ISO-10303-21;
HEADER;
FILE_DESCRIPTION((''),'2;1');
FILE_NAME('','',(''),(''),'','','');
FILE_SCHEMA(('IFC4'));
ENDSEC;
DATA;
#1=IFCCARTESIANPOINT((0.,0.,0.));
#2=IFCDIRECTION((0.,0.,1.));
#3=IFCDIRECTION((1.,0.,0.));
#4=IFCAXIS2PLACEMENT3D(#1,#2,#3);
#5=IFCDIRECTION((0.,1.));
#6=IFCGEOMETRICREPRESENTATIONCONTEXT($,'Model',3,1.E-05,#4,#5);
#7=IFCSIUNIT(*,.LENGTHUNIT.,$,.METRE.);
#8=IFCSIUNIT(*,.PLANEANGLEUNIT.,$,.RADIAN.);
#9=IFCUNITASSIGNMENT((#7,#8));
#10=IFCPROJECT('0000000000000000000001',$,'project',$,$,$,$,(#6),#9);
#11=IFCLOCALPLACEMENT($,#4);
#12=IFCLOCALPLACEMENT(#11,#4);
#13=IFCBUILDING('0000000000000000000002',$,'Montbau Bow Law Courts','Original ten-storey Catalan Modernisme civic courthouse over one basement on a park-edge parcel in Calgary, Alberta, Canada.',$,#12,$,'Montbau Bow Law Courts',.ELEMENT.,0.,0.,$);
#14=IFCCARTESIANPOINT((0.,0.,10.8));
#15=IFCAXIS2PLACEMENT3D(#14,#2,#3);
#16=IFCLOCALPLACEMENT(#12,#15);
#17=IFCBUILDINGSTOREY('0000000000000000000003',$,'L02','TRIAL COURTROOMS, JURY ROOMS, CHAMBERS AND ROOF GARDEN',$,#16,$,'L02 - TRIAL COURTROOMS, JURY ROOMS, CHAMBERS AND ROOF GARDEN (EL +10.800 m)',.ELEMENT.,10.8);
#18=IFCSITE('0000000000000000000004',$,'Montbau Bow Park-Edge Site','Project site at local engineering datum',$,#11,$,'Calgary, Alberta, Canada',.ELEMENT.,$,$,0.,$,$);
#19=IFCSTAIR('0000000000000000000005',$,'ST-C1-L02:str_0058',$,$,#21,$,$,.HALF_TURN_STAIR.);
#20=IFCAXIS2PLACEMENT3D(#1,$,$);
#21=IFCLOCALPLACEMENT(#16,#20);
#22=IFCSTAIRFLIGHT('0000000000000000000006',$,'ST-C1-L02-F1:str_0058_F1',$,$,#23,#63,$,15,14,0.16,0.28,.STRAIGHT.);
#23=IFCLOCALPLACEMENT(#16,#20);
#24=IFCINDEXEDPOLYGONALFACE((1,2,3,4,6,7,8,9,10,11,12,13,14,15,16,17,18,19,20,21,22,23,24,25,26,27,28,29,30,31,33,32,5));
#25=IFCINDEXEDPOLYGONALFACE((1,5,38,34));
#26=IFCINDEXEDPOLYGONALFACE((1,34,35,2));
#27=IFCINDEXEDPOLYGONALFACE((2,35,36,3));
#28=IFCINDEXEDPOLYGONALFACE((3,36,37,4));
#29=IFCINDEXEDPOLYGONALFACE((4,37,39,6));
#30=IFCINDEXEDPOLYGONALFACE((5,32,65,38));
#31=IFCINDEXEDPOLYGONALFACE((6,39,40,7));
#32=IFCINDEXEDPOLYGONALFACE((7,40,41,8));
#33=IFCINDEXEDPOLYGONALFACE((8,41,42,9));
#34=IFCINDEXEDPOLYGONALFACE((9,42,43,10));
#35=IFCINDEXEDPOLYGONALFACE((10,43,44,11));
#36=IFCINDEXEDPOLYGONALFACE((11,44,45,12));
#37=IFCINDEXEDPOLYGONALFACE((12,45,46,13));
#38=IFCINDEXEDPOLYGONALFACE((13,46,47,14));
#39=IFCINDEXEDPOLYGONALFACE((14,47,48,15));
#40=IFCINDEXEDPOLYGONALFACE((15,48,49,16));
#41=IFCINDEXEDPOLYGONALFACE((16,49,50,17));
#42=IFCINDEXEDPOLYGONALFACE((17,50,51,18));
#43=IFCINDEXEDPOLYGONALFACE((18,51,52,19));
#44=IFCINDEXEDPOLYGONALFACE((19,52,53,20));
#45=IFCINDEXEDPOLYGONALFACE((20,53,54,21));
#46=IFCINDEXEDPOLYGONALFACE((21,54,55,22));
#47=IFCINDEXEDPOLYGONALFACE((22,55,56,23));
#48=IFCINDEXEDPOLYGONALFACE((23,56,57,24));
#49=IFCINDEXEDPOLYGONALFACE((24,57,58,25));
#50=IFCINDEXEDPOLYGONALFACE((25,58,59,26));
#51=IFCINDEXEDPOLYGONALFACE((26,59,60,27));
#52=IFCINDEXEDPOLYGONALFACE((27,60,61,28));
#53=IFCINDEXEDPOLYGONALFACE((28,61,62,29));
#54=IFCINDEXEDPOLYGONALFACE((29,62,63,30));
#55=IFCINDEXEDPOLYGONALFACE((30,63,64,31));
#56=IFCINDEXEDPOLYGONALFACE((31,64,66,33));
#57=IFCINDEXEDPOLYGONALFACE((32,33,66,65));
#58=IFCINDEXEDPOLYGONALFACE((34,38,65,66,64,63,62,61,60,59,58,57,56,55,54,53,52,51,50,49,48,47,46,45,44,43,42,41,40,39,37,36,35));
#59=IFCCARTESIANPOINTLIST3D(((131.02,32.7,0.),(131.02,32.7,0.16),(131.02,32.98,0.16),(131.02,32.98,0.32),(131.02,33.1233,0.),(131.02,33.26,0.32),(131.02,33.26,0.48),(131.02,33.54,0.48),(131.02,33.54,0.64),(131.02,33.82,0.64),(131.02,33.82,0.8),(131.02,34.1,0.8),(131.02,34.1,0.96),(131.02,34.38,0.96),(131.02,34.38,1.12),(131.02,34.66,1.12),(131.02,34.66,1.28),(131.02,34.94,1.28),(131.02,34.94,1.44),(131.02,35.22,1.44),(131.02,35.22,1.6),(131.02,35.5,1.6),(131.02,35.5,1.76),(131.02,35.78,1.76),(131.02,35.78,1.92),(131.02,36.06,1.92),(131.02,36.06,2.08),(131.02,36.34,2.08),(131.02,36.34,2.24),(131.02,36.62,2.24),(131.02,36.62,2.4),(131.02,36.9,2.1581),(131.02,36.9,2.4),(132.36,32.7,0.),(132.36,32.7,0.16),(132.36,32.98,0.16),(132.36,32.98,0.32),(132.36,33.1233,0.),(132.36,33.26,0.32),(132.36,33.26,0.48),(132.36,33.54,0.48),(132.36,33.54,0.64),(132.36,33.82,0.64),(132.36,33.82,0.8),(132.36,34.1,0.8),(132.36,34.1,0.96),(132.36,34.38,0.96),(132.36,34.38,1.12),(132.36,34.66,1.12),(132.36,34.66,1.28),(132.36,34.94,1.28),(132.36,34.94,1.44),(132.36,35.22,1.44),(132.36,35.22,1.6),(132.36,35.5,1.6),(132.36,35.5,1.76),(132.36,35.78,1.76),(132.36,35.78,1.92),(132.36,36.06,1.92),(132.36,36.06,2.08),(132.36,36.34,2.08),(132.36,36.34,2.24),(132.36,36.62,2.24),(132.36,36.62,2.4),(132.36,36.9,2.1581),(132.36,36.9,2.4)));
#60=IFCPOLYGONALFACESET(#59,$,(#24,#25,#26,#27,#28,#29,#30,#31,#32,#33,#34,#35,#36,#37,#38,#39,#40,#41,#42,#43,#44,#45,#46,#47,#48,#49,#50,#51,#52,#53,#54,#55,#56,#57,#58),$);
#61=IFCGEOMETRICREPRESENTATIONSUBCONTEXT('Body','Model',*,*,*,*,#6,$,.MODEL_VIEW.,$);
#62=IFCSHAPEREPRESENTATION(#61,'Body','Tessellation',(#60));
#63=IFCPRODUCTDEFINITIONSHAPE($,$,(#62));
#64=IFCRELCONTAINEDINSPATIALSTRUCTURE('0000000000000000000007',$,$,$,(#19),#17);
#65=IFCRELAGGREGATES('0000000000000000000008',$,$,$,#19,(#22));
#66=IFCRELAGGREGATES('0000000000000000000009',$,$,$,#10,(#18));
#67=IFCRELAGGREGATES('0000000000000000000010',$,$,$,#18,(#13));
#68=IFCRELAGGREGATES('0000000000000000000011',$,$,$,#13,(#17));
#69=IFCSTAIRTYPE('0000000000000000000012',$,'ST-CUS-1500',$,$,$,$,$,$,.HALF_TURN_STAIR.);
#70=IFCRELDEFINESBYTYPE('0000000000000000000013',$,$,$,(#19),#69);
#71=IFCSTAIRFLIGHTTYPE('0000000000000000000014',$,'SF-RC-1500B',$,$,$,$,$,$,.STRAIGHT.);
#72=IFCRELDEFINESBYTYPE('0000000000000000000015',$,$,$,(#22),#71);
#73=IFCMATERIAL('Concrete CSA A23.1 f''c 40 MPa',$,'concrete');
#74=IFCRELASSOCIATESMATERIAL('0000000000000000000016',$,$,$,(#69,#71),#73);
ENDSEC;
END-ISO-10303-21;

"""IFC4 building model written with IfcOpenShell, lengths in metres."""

from ifc_helpers import new_model, si_unit, direction, frame, origin_with_axes, place, context, subcontext, project, spatial, polyline, outline, extrude, material, type_object, element, aggregate, save


model = new_model("IFC4")

# Units and contexts
model_context = context("Model", 3, precision=1e-05, world=origin_with_axes(), true_north=direction((0.0, 1.0)))
body_context = subcontext(model_context, "Body", "Model", "MODEL_VIEW")
ifc_project = project(units=[si_unit("LENGTHUNIT", "METRE"), si_unit("PLANEANGLEUNIT", "RADIAN")], contexts=[model_context])

# Site, building, storey
site_placement = place(None, origin_with_axes())
site = spatial("IfcSite", under=ifc_project, at=site_placement, Name="Montbau Bow Park-Edge Site", Description="Project site at local engineering datum", LongName="Calgary, Alberta, Canada", CompositionType="ELEMENT", RefElevation=0.0)
building_placement = place(site_placement, origin_with_axes())
building = spatial("IfcBuilding", under=site, at=building_placement, Name="Montbau Bow Law Courts", Description="Original ten-storey Catalan Modernisme civic courthouse over one basement on a park-edge parcel in Calgary, Alberta, Canada.", LongName="Montbau Bow Law Courts", CompositionType="ELEMENT", ElevationOfRefHeight=0.0, ElevationOfTerrain=0.0)
storey_placement = place(building_placement, frame((0.0, 0.0, 10.8), z_axis=(0.0, 0.0, 1.0), x_axis=(1.0, 0.0, 0.0)))
storey = spatial("IfcBuildingStorey", under=building, at=storey_placement, Name="L02", Description="TRIAL COURTROOMS, JURY ROOMS, CHAMBERS AND ROOF GARDEN", LongName="L02 - TRIAL COURTROOMS, JURY ROOMS, CHAMBERS AND ROOF GARDEN (EL +10.800 m)", CompositionType="ELEMENT", Elevation=10.8)

# Stair, stair flight
ifc_material_1 = material(Name="Concrete CSA A23.1 f'c 40 MPa", Category="concrete")
stair_type = type_object("IfcStairType", Name="ST-CUS-1500", PredefinedType="HALF_TURN_STAIR", material=ifc_material_1)
stair_placement = place(None, frame((131.69, 32.7, 10.8), z_axis=(0.0, 0.0, 1.0), x_axis=(1.0, 0.0, 0.0)))
stair = element("IfcStair", 1, at=stair_placement, inside=storey, type_object=stair_type, Name="ST-C1-L02:str_0058", PredefinedType="HALF_TURN_STAIR")
stair_flight_type = type_object("IfcStairFlightType", Name="SF-RC-1500B", PredefinedType="STRAIGHT", material=ifc_material_1)
stair_flight_placement = place(None, frame((131.69, 32.7, 10.8), z_axis=(0.0, 0.0, 1.0), x_axis=(0.0, 1.0, 0.0)))
stair_flight = element("IfcStairFlight", 2, at=stair_flight_placement, type_object=stair_flight_type, Name="ST-C1-L02-F1:str_0058_F1", NumberOfRisers=15, NumberOfTreads=14, PredefinedType="STRAIGHT", RiserHeight=0.16, TreadLength=0.28, context=body_context, shape_type="SweptSolid", body=[
    extrude(outline(polyline([(0.0, 0.0), (0.0, 0.16), (0.28, 0.16), (0.28, 0.32), (0.56, 0.32), (0.56, 0.48), (0.84, 0.48), (0.84, 0.64), (1.12, 0.64), (1.12, 0.8), (1.4, 0.8), (1.4, 0.96), (1.68, 0.96), (1.68, 1.12), (1.96, 1.12), (1.96, 1.28), (2.24, 1.28), (2.24, 1.44), (2.52, 1.44), (2.52, 1.6), (2.8, 1.6), (2.8, 1.76), (3.08, 1.76), (3.08, 1.92), (3.36, 1.92), (3.36, 2.08), (3.64, 2.08), (3.64, 2.24), (3.92, 2.24), (3.92, 2.4), (4.2, 2.4), (4.2, 2.1581), (0.4233, 0.0), (0.0, 0.0)])), frame((0.0, 0.67, 0.0), z_axis=(0.0, -1.0, 0.0), x_axis=(1.0, 0.0, 0.0)), (0.0, 0.0, 1.0), 1.34),
])
aggregate(stair, [stair_flight])

save(model, "model.ifc")
